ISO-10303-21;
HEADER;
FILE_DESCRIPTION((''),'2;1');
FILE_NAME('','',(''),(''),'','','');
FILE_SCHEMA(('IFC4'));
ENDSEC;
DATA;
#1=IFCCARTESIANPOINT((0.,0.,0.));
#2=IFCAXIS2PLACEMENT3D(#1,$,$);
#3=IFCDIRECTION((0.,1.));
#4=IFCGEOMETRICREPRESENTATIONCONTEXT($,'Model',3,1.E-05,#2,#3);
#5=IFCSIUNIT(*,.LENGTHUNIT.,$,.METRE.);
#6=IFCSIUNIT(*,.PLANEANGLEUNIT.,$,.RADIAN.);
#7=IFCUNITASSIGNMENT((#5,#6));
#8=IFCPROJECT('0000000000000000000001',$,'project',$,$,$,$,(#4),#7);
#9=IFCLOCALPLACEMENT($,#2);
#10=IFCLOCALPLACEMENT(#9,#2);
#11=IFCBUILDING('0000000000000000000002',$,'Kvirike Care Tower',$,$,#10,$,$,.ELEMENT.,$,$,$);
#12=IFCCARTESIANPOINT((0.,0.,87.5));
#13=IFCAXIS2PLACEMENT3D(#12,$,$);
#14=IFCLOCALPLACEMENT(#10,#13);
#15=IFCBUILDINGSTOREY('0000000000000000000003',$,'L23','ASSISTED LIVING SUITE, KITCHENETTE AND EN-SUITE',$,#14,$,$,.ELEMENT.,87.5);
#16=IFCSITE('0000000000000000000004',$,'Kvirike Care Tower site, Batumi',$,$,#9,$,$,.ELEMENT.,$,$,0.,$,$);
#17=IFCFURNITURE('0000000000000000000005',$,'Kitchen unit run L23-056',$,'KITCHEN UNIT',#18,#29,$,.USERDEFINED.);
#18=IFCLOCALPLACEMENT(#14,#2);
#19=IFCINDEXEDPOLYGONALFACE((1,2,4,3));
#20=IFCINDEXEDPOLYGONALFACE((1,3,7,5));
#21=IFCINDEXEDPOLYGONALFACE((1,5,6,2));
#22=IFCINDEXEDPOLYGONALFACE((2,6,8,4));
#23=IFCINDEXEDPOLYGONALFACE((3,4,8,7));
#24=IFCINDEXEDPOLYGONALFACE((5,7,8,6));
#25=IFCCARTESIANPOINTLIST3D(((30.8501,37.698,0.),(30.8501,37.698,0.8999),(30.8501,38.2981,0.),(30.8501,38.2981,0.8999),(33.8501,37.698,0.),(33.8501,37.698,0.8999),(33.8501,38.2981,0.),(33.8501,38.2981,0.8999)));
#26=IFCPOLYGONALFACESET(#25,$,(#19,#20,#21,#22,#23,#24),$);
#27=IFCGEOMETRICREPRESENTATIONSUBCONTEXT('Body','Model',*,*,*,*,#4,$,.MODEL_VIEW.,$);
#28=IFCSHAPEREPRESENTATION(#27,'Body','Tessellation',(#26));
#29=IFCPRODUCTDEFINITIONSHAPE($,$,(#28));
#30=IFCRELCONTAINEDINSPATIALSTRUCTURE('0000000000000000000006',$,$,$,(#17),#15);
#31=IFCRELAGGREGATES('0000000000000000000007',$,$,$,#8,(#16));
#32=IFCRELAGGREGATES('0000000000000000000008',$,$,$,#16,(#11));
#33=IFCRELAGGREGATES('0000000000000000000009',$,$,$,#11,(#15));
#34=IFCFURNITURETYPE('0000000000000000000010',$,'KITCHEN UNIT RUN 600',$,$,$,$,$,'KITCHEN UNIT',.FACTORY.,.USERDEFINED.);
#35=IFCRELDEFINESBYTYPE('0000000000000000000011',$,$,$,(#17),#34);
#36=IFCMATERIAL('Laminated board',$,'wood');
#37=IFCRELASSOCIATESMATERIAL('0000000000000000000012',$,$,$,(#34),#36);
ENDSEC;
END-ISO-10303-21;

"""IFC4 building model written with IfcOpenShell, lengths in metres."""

from ifc_helpers import new_model, si_unit, direction, frame, origin, origin_2d, place, context, subcontext, project, spatial, rectangle, extrude, material, type_object, element, save


model = new_model("IFC4")

# Units and contexts
model_context = context("Model", 3, precision=1e-05, world=origin(), true_north=direction((0.0, 1.0)))
body_context = subcontext(model_context, "Body", "Model", "MODEL_VIEW")
ifc_project = project(units=[si_unit("LENGTHUNIT", "METRE"), si_unit("PLANEANGLEUNIT", "RADIAN")], contexts=[model_context])

# Site, building, storey
site_placement = place(None, origin())
site = spatial("IfcSite", under=ifc_project, at=site_placement, Name="Kvirike Care Tower site, Batumi", CompositionType="ELEMENT", RefElevation=0.0)
building_placement = place(site_placement, origin())
building = spatial("IfcBuilding", under=site, at=building_placement, Name="Kvirike Care Tower", CompositionType="ELEMENT")
storey_placement = place(building_placement, frame((0.0, 0.0, 87.5)))
storey = spatial("IfcBuildingStorey", under=building, at=storey_placement, Name="L23", Description="ASSISTED LIVING SUITE, KITCHENETTE AND EN-SUITE", CompositionType="ELEMENT", Elevation=87.5)

# Furniture
ifc_material_1 = material(Name="Laminated board", Category="wood")
furniture_type_1 = type_object("IfcFurnitureType", Name="KITCHEN UNIT RUN 600", ElementType="KITCHEN UNIT", AssemblyPlace="FACTORY", PredefinedType="USERDEFINED", material=ifc_material_1)
furniture_1_placement = place(storey_placement, frame((32.3501, 37.998, 0.0), z_axis=(0.0, 0.0, 1.0), x_axis=(1.0, 0.0, 0.0)))
element("IfcFurniture", 1, at=furniture_1_placement, inside=storey, type_object=furniture_type_1, Name="Kitchen unit run L23-056", ObjectType="KITCHEN UNIT", PredefinedType="USERDEFINED", context=body_context, shape_type="SweptSolid", body=[
    extrude(rectangle(XDim=3.0, YDim=0.6001, at=origin_2d()), origin(), (0.0, 0.0, 1.0), 0.8999),
])

save(model, "model.ifc")
